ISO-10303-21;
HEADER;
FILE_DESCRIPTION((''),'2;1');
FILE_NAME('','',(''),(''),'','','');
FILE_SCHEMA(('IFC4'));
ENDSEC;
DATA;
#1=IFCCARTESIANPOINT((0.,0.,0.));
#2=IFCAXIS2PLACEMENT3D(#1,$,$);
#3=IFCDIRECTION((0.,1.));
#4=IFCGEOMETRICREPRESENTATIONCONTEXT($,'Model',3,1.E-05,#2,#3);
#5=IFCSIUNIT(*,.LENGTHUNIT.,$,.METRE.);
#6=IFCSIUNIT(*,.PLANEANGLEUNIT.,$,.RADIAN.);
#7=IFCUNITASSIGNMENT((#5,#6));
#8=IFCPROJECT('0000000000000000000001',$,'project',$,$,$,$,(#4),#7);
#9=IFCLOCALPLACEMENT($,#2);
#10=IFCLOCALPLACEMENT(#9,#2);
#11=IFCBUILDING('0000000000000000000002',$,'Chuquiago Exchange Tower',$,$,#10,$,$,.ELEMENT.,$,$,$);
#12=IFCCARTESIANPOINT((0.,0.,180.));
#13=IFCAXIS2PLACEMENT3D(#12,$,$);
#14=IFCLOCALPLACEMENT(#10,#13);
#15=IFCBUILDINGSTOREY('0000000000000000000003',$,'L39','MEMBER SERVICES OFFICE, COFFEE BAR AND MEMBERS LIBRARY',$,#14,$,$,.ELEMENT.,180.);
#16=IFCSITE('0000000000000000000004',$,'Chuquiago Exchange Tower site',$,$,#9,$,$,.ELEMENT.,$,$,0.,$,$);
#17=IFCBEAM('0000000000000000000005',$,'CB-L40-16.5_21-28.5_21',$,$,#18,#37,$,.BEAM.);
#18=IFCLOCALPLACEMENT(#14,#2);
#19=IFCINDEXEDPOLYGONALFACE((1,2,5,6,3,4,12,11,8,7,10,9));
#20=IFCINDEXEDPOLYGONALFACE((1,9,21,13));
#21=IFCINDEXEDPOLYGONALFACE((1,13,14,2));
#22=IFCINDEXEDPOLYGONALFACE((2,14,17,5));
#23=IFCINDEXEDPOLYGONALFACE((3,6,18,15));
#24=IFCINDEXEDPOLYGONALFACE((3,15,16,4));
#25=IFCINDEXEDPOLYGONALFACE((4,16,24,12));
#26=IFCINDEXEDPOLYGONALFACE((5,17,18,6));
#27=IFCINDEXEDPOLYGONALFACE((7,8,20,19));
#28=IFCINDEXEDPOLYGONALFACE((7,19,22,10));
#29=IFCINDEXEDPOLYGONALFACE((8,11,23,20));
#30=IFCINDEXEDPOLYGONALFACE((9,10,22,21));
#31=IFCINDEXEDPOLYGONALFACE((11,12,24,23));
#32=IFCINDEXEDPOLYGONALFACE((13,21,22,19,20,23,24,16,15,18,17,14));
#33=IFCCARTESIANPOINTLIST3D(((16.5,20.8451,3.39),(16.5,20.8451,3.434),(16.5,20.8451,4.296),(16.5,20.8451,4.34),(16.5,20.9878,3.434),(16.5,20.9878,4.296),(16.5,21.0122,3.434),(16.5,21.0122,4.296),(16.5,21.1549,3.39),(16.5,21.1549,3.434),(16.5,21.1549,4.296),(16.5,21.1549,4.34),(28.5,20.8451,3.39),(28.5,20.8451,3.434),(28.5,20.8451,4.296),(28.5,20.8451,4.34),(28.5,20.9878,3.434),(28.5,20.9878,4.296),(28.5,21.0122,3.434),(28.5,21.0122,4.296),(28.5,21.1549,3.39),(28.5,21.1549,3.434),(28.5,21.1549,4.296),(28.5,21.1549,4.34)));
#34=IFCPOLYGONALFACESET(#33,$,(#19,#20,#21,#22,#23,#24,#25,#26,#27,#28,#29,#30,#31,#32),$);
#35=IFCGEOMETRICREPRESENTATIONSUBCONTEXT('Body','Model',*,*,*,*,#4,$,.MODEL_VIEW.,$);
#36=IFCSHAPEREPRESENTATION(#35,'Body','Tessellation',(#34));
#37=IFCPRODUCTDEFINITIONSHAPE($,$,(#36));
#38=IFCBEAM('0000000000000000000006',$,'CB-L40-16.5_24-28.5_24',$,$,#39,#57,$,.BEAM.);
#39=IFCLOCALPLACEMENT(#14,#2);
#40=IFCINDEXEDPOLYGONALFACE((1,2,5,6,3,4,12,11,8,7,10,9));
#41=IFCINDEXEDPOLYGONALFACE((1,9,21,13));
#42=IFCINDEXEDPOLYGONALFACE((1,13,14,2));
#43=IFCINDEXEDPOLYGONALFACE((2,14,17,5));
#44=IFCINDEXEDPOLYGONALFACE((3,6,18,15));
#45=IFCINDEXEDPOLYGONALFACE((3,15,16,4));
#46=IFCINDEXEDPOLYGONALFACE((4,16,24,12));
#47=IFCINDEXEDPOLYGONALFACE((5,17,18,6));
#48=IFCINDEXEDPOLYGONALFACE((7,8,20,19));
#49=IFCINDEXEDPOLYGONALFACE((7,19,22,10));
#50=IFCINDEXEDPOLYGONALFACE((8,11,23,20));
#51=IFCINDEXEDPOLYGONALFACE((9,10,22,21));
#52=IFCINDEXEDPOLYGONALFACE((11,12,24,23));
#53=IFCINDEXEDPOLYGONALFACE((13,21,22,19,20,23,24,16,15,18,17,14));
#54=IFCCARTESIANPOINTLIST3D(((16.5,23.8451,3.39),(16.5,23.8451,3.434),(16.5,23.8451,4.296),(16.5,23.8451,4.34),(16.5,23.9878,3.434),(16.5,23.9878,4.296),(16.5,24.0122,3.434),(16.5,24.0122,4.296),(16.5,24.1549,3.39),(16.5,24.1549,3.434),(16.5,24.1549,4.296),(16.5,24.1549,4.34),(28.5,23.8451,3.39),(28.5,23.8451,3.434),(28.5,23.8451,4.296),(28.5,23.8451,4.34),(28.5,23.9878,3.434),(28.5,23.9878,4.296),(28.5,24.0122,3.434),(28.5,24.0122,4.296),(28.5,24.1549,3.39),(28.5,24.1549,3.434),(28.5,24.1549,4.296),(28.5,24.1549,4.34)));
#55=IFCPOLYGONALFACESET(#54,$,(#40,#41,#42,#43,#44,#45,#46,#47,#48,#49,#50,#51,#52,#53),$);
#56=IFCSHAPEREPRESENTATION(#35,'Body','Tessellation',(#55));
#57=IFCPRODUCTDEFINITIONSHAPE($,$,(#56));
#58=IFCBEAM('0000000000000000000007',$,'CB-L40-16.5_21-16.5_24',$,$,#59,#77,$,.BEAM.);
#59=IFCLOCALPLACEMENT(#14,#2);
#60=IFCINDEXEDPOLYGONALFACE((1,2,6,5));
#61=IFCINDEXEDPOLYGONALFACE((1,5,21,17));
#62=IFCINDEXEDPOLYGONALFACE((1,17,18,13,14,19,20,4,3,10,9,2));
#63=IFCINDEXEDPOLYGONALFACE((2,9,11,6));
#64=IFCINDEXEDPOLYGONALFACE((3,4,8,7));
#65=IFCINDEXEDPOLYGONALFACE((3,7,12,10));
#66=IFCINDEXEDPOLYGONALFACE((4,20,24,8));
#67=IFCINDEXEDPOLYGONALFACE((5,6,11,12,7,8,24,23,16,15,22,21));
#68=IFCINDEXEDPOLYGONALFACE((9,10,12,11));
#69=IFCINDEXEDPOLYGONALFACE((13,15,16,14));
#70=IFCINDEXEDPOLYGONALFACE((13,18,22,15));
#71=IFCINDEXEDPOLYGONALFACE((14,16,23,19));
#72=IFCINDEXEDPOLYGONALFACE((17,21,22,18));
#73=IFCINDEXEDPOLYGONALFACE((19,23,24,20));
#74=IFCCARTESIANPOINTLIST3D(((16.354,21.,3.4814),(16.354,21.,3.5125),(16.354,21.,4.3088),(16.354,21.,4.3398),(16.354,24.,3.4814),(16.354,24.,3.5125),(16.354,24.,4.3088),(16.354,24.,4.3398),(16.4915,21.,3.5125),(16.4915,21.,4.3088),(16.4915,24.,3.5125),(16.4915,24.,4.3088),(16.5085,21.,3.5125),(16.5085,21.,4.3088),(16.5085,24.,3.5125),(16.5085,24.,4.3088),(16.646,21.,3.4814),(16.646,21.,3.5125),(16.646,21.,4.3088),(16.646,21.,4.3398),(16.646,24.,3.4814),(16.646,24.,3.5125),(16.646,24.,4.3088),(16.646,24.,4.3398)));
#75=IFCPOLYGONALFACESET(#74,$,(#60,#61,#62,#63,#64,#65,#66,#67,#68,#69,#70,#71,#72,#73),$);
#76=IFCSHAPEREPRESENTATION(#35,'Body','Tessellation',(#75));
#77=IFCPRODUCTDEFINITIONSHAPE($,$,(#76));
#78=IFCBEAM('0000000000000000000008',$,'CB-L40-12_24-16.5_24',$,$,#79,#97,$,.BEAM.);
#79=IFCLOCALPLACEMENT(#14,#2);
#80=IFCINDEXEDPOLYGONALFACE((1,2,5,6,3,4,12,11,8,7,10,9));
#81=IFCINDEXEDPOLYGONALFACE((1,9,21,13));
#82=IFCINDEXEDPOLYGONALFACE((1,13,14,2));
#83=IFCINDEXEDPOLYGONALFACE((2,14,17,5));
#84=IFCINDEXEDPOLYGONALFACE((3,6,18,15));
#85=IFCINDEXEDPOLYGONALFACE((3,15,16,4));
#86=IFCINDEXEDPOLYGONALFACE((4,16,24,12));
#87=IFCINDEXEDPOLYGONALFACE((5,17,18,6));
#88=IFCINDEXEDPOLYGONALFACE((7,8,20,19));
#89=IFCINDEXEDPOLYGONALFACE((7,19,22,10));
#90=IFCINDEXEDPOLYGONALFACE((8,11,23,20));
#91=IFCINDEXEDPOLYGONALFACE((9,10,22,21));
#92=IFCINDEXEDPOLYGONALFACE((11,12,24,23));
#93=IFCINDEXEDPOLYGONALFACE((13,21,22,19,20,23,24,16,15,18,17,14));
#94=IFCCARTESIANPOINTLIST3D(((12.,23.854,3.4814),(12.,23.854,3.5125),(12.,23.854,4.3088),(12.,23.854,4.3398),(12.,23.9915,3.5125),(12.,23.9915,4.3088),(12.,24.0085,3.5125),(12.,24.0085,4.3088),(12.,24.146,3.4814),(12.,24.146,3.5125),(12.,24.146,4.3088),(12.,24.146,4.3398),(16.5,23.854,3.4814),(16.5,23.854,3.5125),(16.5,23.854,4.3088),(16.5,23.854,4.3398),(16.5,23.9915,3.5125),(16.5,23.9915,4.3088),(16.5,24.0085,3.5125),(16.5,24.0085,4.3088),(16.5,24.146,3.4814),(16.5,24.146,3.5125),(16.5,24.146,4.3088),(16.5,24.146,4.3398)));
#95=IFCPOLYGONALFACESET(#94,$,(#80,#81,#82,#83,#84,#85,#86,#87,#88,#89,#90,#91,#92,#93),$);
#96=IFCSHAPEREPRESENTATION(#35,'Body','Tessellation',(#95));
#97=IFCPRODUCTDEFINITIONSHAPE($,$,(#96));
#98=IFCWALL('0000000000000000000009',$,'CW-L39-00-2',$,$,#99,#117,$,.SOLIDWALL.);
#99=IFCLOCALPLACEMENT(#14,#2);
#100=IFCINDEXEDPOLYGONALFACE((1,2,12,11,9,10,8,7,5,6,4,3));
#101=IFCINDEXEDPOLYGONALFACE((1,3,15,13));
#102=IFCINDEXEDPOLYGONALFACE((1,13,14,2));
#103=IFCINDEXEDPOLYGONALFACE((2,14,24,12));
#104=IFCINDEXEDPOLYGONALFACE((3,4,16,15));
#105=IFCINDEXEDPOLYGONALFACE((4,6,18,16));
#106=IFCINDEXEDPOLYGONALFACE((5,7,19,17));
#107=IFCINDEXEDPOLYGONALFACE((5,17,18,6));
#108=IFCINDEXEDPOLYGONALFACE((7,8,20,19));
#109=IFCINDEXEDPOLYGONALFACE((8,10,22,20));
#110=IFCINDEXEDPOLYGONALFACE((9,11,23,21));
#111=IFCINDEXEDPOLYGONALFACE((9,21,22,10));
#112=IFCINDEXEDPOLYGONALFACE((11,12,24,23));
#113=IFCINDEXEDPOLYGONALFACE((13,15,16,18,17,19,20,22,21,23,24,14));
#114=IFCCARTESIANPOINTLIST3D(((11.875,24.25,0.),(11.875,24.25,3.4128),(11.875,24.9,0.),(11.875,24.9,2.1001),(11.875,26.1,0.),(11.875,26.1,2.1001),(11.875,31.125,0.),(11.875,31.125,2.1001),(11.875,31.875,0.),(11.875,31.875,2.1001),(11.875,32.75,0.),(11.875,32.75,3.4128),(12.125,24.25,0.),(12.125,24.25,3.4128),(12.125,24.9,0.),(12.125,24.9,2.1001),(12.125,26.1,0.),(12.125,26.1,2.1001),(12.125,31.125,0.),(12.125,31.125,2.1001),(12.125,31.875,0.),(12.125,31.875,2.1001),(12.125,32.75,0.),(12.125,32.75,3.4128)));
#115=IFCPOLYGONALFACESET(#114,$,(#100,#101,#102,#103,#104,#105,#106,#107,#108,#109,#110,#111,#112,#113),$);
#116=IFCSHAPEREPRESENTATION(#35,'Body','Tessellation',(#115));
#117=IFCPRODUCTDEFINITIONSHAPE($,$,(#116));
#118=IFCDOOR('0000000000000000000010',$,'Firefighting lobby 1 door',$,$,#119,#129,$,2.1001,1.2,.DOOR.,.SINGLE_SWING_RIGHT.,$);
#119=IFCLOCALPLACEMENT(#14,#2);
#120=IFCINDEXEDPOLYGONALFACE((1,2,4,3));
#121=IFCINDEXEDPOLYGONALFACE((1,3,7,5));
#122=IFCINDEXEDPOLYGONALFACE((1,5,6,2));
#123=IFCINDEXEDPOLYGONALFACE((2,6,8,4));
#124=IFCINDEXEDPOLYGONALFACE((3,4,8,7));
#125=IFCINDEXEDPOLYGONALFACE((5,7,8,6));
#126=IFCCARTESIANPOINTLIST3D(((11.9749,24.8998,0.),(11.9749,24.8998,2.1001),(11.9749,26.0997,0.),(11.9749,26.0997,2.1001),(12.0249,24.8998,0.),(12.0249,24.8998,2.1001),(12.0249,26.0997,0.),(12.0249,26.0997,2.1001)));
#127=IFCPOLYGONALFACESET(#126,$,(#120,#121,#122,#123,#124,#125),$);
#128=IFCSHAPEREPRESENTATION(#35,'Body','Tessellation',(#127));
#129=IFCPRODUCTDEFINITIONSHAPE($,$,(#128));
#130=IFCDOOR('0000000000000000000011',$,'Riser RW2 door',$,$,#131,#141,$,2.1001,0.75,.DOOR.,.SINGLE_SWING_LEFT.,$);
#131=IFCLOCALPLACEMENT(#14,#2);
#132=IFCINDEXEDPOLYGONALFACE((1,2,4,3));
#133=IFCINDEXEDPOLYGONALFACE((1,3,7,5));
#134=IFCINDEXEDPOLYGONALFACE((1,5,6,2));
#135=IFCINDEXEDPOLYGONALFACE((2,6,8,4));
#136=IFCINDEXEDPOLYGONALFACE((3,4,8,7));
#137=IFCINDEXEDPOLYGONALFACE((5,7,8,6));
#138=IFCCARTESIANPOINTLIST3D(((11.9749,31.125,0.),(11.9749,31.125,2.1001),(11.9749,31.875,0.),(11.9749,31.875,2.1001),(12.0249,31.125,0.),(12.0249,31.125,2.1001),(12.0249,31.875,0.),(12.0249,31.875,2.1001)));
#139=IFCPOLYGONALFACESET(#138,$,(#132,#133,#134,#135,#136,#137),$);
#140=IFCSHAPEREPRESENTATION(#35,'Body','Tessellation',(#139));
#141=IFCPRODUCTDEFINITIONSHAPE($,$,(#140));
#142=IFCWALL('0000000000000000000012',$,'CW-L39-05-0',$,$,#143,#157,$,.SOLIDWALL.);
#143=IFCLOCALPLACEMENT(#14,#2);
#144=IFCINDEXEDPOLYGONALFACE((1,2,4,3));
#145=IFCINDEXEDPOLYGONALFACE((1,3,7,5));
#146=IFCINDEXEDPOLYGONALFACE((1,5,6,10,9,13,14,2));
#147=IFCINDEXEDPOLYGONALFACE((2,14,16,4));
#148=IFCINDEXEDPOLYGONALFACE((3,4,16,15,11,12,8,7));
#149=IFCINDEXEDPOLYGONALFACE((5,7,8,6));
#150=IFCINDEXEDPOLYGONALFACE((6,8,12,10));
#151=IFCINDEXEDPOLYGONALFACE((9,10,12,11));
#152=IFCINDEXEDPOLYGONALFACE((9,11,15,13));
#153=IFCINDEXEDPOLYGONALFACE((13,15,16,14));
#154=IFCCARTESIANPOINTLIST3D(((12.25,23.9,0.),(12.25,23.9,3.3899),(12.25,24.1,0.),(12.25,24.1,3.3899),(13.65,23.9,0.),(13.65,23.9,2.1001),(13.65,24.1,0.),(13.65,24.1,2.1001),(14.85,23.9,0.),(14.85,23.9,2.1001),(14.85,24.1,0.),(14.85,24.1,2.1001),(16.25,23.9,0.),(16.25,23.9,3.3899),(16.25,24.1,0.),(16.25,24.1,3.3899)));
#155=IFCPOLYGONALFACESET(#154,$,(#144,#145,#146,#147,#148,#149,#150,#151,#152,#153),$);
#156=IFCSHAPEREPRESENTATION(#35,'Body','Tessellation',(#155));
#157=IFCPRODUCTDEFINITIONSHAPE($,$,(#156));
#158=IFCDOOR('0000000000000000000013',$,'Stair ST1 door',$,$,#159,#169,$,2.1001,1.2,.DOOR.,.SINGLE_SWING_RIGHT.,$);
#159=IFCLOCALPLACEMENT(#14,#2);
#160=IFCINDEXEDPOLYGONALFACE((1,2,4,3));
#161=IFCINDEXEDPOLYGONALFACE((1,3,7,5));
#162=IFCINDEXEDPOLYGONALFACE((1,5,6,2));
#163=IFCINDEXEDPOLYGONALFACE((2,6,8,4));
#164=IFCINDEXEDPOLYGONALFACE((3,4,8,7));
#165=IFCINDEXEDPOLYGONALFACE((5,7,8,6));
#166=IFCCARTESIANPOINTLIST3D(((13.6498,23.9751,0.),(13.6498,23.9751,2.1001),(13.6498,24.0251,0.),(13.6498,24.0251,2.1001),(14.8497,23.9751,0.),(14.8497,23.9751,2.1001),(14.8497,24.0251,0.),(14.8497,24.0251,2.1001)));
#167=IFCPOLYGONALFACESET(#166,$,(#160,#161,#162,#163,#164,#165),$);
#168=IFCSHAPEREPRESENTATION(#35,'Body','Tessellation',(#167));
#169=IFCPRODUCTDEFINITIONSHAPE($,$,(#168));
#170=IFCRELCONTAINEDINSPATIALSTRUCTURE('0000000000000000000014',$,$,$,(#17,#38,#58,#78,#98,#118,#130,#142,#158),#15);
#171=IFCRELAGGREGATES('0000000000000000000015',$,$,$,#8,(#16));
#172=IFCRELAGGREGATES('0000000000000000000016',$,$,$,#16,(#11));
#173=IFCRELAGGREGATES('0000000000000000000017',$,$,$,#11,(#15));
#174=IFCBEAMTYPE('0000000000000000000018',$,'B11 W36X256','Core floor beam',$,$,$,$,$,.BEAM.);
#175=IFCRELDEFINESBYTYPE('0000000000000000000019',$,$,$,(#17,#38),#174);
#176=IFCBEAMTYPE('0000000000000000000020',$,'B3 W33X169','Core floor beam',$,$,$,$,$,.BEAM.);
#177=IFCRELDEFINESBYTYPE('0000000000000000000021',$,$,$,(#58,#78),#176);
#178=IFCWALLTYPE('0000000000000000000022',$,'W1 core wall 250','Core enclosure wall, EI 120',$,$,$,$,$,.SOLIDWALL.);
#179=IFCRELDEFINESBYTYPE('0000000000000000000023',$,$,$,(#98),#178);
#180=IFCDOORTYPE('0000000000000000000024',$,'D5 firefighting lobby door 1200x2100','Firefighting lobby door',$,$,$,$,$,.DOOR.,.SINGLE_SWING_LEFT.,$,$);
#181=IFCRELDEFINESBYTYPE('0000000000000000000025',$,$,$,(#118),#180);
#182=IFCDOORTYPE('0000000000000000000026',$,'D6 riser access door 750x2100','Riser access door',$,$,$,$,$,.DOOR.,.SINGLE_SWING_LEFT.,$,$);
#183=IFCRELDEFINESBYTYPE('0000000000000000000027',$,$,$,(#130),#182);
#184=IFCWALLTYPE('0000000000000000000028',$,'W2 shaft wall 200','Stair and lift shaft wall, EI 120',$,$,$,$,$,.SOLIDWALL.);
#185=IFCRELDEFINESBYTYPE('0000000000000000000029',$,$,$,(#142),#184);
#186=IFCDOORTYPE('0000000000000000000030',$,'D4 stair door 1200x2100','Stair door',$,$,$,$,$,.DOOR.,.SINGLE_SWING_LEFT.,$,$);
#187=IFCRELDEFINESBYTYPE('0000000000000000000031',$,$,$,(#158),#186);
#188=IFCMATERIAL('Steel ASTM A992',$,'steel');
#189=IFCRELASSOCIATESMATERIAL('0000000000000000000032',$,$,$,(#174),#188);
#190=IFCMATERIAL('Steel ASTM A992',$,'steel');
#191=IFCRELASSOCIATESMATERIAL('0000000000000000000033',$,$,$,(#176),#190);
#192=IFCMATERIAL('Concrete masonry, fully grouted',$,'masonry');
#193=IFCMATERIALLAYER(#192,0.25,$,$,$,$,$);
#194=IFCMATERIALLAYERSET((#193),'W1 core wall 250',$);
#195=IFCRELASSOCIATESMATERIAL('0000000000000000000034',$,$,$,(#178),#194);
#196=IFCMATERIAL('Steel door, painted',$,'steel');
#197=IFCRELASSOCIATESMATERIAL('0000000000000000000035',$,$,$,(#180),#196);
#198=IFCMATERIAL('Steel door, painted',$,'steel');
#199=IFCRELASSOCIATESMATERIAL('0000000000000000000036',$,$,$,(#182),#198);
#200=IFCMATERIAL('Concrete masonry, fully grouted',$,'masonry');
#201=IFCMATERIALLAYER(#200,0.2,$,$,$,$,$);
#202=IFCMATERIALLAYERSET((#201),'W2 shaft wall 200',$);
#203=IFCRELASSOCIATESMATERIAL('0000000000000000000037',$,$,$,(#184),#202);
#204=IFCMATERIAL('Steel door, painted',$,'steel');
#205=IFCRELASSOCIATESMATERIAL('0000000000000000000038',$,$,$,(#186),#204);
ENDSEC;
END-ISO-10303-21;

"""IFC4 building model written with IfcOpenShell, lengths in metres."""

from ifc_helpers import new_model, si_unit, direction, frame, frame_2d, origin, origin_2d, place, context, subcontext, project, spatial, rectangle, i_section, extrude, material, layer, layer_set, material_profile, profile_set, type_object, element, fill, save


model = new_model("IFC4")

# Units and contexts
model_context = context("Model", 3, precision=1e-05, world=origin(), true_north=direction((0.0, 1.0)))
body_context = subcontext(model_context, "Body", "Model", "MODEL_VIEW")
ifc_project = project(units=[si_unit("LENGTHUNIT", "METRE"), si_unit("PLANEANGLEUNIT", "RADIAN")], contexts=[model_context])

# Site, building, storey
site_placement = place(None, origin())
site = spatial("IfcSite", under=ifc_project, at=site_placement, Name="Chuquiago Exchange Tower site", CompositionType="ELEMENT", RefElevation=0.0)
building_placement = place(site_placement, origin())
building = spatial("IfcBuilding", under=site, at=building_placement, Name="Chuquiago Exchange Tower", CompositionType="ELEMENT")
storey_placement = place(building_placement, frame((0.0, 0.0, 180.0)))
storey = spatial("IfcBuildingStorey", under=building, at=storey_placement, Name="L39", Description="MEMBER SERVICES OFFICE, COFFEE BAR AND MEMBERS LIBRARY", CompositionType="ELEMENT", Elevation=180.0)

# Beams
ifc_material_1 = material(Name="Steel ASTM A992", Category="steel")
ifc_material_profile_1 = material_profile(ifc_material_1, i_section(OverallWidth=0.3098, OverallDepth=0.95, WebThickness=0.0244, FlangeThickness=0.0439, at=origin_2d()), Name="W36X256")
ifc_profile_set_1 = profile_set([ifc_material_profile_1], Name="Steel ASTM A992")
beam_type_1 = type_object("IfcBeamType", Name="B11 W36X256", Description="Core floor beam", PredefinedType="BEAM", material=ifc_profile_set_1)
for number, where, z_axis, x_axis, name in (
    (1, (16.5, 21.0, 3.865), (1.0, 0.0, 0.0), (0.0, 1.0, 0.0), "CB-L40-16.5_21-28.5_21"),
    (2, (16.5, 24.0, 3.865), (1.0, 0.0, 0.0), (0.0, 1.0, 0.0), "CB-L40-16.5_24-28.5_24"),
):
    element("IfcBeam", number, at=place(storey_placement, frame(where, z_axis=z_axis, x_axis=x_axis)), inside=storey, type_object=beam_type_1, Name=name, PredefinedType="BEAM", context=body_context, shape_type="SweptSolid", body=[
        extrude(i_section(OverallWidth=0.3098, OverallDepth=0.95, WebThickness=0.0244, FlangeThickness=0.0439, at=origin_2d()), origin(), (0.0, 0.0, 1.0), 12.0),
    ])
ifc_material_2 = material(Name="Steel ASTM A992", Category="steel")
ifc_material_profile_2 = material_profile(ifc_material_2, i_section(OverallWidth=0.292, OverallDepth=0.8584, WebThickness=0.0171, FlangeThickness=0.031, at=origin_2d()), Name="W33X169")
ifc_profile_set_2 = profile_set([ifc_material_profile_2], Name="Steel ASTM A992")
beam_type_2 = type_object("IfcBeamType", Name="B3 W33X169", Description="Core floor beam", PredefinedType="BEAM", material=ifc_profile_set_2)
beam_1_placement = place(storey_placement, frame((16.5, 21.0, 3.9106), z_axis=(0.0, 1.0, 0.0), x_axis=(-1.0, 0.0, 0.0)))
element("IfcBeam", 3, at=beam_1_placement, inside=storey, type_object=beam_type_2, Name="CB-L40-16.5_21-16.5_24", PredefinedType="BEAM", context=body_context, shape_type="SweptSolid", body=[
    extrude(i_section(OverallWidth=0.292, OverallDepth=0.8584, WebThickness=0.0171, FlangeThickness=0.031, at=origin_2d()), origin(), (0.0, 0.0, 1.0), 3.0),
])
beam_2_placement = place(storey_placement, frame((12.0, 24.0, 3.9106), z_axis=(1.0, 0.0, 0.0), x_axis=(0.0, 1.0, 0.0)))
element("IfcBeam", 4, at=beam_2_placement, inside=storey, type_object=beam_type_2, Name="CB-L40-12_24-16.5_24", PredefinedType="BEAM", context=body_context, shape_type="SweptSolid", body=[
    extrude(i_section(OverallWidth=0.292, OverallDepth=0.8584, WebThickness=0.0171, FlangeThickness=0.031, at=origin_2d()), origin(), (0.0, 0.0, 1.0), 4.5),
])

# Wall, openings, doors
ifc_material_3 = material(Name="Concrete masonry, fully grouted", Category="masonry")
ifc_layer_1 = layer(ifc_material_3, 0.25)
ifc_layer_set_1 = layer_set([ifc_layer_1], Name="W1 core wall 250")
wall_type_1 = type_object("IfcWallType", Name="W1 core wall 250", Description="Core enclosure wall, EI 120", PredefinedType="SOLIDWALL", material=ifc_layer_set_1)
wall_1_placement = place(storey_placement, frame((12.0, 24.25, 0.0), z_axis=(0.0, 0.0, 1.0), x_axis=(0.0, 1.0, 0.0)))
wall_1 = element("IfcWall", 5, at=wall_1_placement, inside=storey, type_object=wall_type_1, Name="CW-L39-00-2", PredefinedType="SOLIDWALL", context=body_context, shape_type="SweptSolid", body=[
    extrude(rectangle(XDim=8.5, YDim=0.25, at=frame_2d((4.25, 0.0))), origin(), (0.0, 0.0, 1.0), 3.4128),
])
opening_1_placement = place(wall_1_placement, frame((0.6499, 0.0, 0.0)))
opening_1 = element("IfcOpeningElement", 6, at=opening_1_placement, cuts=wall_1, PredefinedType="OPENING", context=body_context, shape_type="SweptSolid", body=[
    extrude(rectangle(XDim=1.2, YDim=2.1001, at=frame_2d((0.6001, 1.05))), frame((0.0, 0.135, 0.0), z_axis=(0.0, -1.0, 0.0), x_axis=(1.0, 0.0, 0.0)), (0.0, 0.0, 1.0), 0.27),
])
opening_2_placement = place(wall_1_placement, frame((6.875, 0.0, 0.0)))
opening_2 = element("IfcOpeningElement", 7, at=opening_2_placement, cuts=wall_1, PredefinedType="OPENING", context=body_context, shape_type="SweptSolid", body=[
    extrude(rectangle(XDim=0.75, YDim=2.1001, at=frame_2d((0.375, 1.05))), frame((0.0, 0.135, 0.0), z_axis=(0.0, -1.0, 0.0), x_axis=(1.0, 0.0, 0.0)), (0.0, 0.0, 1.0), 0.27),
])
ifc_material_4 = material(Name="Steel door, painted", Category="steel")
door_type_1 = type_object("IfcDoorType", Name="D5 firefighting lobby door 1200x2100", Description="Firefighting lobby door", OperationType="SINGLE_SWING_LEFT", PredefinedType="DOOR", material=ifc_material_4)
door_1_placement = place(opening_1_placement, frame((1.2, 0.0, 0.0), z_axis=(0.0, 0.0, 1.0), x_axis=(-1.0, 0.0, 0.0)))
door_1 = element("IfcDoor", 8, at=door_1_placement, inside=storey, type_object=door_type_1, Name="Firefighting lobby 1 door", OperationType="SINGLE_SWING_RIGHT", OverallHeight=2.1001, OverallWidth=1.2, PredefinedType="DOOR", context=body_context, shape_type="SweptSolid", body=[
    extrude(rectangle(XDim=1.2, YDim=2.1001, at=frame_2d((0.6001, 1.05))), frame((0.0, 0.0249, 0.0), z_axis=(0.0, -1.0, 0.0), x_axis=(1.0, 0.0, 0.0)), (0.0, 0.0, 1.0), 0.05),
])
fill(opening_1, door_1)
ifc_material_5 = material(Name="Steel door, painted", Category="steel")
door_type_2 = type_object("IfcDoorType", Name="D6 riser access door 750x2100", Description="Riser access door", OperationType="SINGLE_SWING_LEFT", PredefinedType="DOOR", material=ifc_material_5)
door_2_placement = place(opening_2_placement, frame((0.75, 0.0, 0.0), z_axis=(0.0, 0.0, 1.0), x_axis=(-1.0, 0.0, 0.0)))
door_2 = element("IfcDoor", 9, at=door_2_placement, inside=storey, type_object=door_type_2, Name="Riser RW2 door", OperationType="SINGLE_SWING_LEFT", OverallHeight=2.1001, OverallWidth=0.75, PredefinedType="DOOR", context=body_context, shape_type="SweptSolid", body=[
    extrude(rectangle(XDim=0.75, YDim=2.1001, at=frame_2d((0.375, 1.05))), frame((0.0, 0.0249, 0.0), z_axis=(0.0, -1.0, 0.0), x_axis=(1.0, 0.0, 0.0)), (0.0, 0.0, 1.0), 0.05),
])
fill(opening_2, door_2)

# Wall, opening, door
ifc_material_6 = material(Name="Concrete masonry, fully grouted", Category="masonry")
ifc_layer_2 = layer(ifc_material_6, 0.2)
ifc_layer_set_2 = layer_set([ifc_layer_2], Name="W2 shaft wall 200")
wall_type_2 = type_object("IfcWallType", Name="W2 shaft wall 200", Description="Stair and lift shaft wall, EI 120", PredefinedType="SOLIDWALL", material=ifc_layer_set_2)
wall_2_placement = place(storey_placement, frame((12.25, 24.0, 0.0), z_axis=(0.0, 0.0, 1.0), x_axis=(1.0, 0.0, 0.0)))
wall_2 = element("IfcWall", 10, at=wall_2_placement, inside=storey, type_object=wall_type_2, Name="CW-L39-05-0", PredefinedType="SOLIDWALL", context=body_context, shape_type="SweptSolid", body=[
    extrude(rectangle(XDim=4.0, YDim=0.2, at=frame_2d((2.0, 0.0))), origin(), (0.0, 0.0, 1.0), 3.3899),
])
opening_3_placement = place(wall_2_placement, frame((1.3999, 0.0, 0.0)))
opening_3 = element("IfcOpeningElement", 11, at=opening_3_placement, cuts=wall_2, PredefinedType="OPENING", context=body_context, shape_type="SweptSolid", body=[
    extrude(rectangle(XDim=1.2, YDim=2.1001, at=frame_2d((0.6001, 1.05))), frame((0.0, 0.1099, 0.0), z_axis=(0.0, -1.0, 0.0), x_axis=(1.0, 0.0, 0.0)), (0.0, 0.0, 1.0), 0.22),
])
ifc_material_7 = material(Name="Steel door, painted", Category="steel")
door_type_3 = type_object("IfcDoorType", Name="D4 stair door 1200x2100", Description="Stair door", OperationType="SINGLE_SWING_LEFT", PredefinedType="DOOR", material=ifc_material_7)
door_3_placement = place(opening_3_placement, frame((1.2, 0.0, 0.0), z_axis=(0.0, 0.0, 1.0), x_axis=(-1.0, 0.0, 0.0)))
door_3 = element("IfcDoor", 12, at=door_3_placement, inside=storey, type_object=door_type_3, Name="Stair ST1 door", OperationType="SINGLE_SWING_RIGHT", OverallHeight=2.1001, OverallWidth=1.2, PredefinedType="DOOR", context=body_context, shape_type="SweptSolid", body=[
    extrude(rectangle(XDim=1.2, YDim=2.1001, at=frame_2d((0.6001, 1.05))), frame((0.0, 0.0249, 0.0), z_axis=(0.0, -1.0, 0.0), x_axis=(1.0, 0.0, 0.0)), (0.0, 0.0, 1.0), 0.05),
])
fill(opening_3, door_3)

save(model, "model.ifc")
